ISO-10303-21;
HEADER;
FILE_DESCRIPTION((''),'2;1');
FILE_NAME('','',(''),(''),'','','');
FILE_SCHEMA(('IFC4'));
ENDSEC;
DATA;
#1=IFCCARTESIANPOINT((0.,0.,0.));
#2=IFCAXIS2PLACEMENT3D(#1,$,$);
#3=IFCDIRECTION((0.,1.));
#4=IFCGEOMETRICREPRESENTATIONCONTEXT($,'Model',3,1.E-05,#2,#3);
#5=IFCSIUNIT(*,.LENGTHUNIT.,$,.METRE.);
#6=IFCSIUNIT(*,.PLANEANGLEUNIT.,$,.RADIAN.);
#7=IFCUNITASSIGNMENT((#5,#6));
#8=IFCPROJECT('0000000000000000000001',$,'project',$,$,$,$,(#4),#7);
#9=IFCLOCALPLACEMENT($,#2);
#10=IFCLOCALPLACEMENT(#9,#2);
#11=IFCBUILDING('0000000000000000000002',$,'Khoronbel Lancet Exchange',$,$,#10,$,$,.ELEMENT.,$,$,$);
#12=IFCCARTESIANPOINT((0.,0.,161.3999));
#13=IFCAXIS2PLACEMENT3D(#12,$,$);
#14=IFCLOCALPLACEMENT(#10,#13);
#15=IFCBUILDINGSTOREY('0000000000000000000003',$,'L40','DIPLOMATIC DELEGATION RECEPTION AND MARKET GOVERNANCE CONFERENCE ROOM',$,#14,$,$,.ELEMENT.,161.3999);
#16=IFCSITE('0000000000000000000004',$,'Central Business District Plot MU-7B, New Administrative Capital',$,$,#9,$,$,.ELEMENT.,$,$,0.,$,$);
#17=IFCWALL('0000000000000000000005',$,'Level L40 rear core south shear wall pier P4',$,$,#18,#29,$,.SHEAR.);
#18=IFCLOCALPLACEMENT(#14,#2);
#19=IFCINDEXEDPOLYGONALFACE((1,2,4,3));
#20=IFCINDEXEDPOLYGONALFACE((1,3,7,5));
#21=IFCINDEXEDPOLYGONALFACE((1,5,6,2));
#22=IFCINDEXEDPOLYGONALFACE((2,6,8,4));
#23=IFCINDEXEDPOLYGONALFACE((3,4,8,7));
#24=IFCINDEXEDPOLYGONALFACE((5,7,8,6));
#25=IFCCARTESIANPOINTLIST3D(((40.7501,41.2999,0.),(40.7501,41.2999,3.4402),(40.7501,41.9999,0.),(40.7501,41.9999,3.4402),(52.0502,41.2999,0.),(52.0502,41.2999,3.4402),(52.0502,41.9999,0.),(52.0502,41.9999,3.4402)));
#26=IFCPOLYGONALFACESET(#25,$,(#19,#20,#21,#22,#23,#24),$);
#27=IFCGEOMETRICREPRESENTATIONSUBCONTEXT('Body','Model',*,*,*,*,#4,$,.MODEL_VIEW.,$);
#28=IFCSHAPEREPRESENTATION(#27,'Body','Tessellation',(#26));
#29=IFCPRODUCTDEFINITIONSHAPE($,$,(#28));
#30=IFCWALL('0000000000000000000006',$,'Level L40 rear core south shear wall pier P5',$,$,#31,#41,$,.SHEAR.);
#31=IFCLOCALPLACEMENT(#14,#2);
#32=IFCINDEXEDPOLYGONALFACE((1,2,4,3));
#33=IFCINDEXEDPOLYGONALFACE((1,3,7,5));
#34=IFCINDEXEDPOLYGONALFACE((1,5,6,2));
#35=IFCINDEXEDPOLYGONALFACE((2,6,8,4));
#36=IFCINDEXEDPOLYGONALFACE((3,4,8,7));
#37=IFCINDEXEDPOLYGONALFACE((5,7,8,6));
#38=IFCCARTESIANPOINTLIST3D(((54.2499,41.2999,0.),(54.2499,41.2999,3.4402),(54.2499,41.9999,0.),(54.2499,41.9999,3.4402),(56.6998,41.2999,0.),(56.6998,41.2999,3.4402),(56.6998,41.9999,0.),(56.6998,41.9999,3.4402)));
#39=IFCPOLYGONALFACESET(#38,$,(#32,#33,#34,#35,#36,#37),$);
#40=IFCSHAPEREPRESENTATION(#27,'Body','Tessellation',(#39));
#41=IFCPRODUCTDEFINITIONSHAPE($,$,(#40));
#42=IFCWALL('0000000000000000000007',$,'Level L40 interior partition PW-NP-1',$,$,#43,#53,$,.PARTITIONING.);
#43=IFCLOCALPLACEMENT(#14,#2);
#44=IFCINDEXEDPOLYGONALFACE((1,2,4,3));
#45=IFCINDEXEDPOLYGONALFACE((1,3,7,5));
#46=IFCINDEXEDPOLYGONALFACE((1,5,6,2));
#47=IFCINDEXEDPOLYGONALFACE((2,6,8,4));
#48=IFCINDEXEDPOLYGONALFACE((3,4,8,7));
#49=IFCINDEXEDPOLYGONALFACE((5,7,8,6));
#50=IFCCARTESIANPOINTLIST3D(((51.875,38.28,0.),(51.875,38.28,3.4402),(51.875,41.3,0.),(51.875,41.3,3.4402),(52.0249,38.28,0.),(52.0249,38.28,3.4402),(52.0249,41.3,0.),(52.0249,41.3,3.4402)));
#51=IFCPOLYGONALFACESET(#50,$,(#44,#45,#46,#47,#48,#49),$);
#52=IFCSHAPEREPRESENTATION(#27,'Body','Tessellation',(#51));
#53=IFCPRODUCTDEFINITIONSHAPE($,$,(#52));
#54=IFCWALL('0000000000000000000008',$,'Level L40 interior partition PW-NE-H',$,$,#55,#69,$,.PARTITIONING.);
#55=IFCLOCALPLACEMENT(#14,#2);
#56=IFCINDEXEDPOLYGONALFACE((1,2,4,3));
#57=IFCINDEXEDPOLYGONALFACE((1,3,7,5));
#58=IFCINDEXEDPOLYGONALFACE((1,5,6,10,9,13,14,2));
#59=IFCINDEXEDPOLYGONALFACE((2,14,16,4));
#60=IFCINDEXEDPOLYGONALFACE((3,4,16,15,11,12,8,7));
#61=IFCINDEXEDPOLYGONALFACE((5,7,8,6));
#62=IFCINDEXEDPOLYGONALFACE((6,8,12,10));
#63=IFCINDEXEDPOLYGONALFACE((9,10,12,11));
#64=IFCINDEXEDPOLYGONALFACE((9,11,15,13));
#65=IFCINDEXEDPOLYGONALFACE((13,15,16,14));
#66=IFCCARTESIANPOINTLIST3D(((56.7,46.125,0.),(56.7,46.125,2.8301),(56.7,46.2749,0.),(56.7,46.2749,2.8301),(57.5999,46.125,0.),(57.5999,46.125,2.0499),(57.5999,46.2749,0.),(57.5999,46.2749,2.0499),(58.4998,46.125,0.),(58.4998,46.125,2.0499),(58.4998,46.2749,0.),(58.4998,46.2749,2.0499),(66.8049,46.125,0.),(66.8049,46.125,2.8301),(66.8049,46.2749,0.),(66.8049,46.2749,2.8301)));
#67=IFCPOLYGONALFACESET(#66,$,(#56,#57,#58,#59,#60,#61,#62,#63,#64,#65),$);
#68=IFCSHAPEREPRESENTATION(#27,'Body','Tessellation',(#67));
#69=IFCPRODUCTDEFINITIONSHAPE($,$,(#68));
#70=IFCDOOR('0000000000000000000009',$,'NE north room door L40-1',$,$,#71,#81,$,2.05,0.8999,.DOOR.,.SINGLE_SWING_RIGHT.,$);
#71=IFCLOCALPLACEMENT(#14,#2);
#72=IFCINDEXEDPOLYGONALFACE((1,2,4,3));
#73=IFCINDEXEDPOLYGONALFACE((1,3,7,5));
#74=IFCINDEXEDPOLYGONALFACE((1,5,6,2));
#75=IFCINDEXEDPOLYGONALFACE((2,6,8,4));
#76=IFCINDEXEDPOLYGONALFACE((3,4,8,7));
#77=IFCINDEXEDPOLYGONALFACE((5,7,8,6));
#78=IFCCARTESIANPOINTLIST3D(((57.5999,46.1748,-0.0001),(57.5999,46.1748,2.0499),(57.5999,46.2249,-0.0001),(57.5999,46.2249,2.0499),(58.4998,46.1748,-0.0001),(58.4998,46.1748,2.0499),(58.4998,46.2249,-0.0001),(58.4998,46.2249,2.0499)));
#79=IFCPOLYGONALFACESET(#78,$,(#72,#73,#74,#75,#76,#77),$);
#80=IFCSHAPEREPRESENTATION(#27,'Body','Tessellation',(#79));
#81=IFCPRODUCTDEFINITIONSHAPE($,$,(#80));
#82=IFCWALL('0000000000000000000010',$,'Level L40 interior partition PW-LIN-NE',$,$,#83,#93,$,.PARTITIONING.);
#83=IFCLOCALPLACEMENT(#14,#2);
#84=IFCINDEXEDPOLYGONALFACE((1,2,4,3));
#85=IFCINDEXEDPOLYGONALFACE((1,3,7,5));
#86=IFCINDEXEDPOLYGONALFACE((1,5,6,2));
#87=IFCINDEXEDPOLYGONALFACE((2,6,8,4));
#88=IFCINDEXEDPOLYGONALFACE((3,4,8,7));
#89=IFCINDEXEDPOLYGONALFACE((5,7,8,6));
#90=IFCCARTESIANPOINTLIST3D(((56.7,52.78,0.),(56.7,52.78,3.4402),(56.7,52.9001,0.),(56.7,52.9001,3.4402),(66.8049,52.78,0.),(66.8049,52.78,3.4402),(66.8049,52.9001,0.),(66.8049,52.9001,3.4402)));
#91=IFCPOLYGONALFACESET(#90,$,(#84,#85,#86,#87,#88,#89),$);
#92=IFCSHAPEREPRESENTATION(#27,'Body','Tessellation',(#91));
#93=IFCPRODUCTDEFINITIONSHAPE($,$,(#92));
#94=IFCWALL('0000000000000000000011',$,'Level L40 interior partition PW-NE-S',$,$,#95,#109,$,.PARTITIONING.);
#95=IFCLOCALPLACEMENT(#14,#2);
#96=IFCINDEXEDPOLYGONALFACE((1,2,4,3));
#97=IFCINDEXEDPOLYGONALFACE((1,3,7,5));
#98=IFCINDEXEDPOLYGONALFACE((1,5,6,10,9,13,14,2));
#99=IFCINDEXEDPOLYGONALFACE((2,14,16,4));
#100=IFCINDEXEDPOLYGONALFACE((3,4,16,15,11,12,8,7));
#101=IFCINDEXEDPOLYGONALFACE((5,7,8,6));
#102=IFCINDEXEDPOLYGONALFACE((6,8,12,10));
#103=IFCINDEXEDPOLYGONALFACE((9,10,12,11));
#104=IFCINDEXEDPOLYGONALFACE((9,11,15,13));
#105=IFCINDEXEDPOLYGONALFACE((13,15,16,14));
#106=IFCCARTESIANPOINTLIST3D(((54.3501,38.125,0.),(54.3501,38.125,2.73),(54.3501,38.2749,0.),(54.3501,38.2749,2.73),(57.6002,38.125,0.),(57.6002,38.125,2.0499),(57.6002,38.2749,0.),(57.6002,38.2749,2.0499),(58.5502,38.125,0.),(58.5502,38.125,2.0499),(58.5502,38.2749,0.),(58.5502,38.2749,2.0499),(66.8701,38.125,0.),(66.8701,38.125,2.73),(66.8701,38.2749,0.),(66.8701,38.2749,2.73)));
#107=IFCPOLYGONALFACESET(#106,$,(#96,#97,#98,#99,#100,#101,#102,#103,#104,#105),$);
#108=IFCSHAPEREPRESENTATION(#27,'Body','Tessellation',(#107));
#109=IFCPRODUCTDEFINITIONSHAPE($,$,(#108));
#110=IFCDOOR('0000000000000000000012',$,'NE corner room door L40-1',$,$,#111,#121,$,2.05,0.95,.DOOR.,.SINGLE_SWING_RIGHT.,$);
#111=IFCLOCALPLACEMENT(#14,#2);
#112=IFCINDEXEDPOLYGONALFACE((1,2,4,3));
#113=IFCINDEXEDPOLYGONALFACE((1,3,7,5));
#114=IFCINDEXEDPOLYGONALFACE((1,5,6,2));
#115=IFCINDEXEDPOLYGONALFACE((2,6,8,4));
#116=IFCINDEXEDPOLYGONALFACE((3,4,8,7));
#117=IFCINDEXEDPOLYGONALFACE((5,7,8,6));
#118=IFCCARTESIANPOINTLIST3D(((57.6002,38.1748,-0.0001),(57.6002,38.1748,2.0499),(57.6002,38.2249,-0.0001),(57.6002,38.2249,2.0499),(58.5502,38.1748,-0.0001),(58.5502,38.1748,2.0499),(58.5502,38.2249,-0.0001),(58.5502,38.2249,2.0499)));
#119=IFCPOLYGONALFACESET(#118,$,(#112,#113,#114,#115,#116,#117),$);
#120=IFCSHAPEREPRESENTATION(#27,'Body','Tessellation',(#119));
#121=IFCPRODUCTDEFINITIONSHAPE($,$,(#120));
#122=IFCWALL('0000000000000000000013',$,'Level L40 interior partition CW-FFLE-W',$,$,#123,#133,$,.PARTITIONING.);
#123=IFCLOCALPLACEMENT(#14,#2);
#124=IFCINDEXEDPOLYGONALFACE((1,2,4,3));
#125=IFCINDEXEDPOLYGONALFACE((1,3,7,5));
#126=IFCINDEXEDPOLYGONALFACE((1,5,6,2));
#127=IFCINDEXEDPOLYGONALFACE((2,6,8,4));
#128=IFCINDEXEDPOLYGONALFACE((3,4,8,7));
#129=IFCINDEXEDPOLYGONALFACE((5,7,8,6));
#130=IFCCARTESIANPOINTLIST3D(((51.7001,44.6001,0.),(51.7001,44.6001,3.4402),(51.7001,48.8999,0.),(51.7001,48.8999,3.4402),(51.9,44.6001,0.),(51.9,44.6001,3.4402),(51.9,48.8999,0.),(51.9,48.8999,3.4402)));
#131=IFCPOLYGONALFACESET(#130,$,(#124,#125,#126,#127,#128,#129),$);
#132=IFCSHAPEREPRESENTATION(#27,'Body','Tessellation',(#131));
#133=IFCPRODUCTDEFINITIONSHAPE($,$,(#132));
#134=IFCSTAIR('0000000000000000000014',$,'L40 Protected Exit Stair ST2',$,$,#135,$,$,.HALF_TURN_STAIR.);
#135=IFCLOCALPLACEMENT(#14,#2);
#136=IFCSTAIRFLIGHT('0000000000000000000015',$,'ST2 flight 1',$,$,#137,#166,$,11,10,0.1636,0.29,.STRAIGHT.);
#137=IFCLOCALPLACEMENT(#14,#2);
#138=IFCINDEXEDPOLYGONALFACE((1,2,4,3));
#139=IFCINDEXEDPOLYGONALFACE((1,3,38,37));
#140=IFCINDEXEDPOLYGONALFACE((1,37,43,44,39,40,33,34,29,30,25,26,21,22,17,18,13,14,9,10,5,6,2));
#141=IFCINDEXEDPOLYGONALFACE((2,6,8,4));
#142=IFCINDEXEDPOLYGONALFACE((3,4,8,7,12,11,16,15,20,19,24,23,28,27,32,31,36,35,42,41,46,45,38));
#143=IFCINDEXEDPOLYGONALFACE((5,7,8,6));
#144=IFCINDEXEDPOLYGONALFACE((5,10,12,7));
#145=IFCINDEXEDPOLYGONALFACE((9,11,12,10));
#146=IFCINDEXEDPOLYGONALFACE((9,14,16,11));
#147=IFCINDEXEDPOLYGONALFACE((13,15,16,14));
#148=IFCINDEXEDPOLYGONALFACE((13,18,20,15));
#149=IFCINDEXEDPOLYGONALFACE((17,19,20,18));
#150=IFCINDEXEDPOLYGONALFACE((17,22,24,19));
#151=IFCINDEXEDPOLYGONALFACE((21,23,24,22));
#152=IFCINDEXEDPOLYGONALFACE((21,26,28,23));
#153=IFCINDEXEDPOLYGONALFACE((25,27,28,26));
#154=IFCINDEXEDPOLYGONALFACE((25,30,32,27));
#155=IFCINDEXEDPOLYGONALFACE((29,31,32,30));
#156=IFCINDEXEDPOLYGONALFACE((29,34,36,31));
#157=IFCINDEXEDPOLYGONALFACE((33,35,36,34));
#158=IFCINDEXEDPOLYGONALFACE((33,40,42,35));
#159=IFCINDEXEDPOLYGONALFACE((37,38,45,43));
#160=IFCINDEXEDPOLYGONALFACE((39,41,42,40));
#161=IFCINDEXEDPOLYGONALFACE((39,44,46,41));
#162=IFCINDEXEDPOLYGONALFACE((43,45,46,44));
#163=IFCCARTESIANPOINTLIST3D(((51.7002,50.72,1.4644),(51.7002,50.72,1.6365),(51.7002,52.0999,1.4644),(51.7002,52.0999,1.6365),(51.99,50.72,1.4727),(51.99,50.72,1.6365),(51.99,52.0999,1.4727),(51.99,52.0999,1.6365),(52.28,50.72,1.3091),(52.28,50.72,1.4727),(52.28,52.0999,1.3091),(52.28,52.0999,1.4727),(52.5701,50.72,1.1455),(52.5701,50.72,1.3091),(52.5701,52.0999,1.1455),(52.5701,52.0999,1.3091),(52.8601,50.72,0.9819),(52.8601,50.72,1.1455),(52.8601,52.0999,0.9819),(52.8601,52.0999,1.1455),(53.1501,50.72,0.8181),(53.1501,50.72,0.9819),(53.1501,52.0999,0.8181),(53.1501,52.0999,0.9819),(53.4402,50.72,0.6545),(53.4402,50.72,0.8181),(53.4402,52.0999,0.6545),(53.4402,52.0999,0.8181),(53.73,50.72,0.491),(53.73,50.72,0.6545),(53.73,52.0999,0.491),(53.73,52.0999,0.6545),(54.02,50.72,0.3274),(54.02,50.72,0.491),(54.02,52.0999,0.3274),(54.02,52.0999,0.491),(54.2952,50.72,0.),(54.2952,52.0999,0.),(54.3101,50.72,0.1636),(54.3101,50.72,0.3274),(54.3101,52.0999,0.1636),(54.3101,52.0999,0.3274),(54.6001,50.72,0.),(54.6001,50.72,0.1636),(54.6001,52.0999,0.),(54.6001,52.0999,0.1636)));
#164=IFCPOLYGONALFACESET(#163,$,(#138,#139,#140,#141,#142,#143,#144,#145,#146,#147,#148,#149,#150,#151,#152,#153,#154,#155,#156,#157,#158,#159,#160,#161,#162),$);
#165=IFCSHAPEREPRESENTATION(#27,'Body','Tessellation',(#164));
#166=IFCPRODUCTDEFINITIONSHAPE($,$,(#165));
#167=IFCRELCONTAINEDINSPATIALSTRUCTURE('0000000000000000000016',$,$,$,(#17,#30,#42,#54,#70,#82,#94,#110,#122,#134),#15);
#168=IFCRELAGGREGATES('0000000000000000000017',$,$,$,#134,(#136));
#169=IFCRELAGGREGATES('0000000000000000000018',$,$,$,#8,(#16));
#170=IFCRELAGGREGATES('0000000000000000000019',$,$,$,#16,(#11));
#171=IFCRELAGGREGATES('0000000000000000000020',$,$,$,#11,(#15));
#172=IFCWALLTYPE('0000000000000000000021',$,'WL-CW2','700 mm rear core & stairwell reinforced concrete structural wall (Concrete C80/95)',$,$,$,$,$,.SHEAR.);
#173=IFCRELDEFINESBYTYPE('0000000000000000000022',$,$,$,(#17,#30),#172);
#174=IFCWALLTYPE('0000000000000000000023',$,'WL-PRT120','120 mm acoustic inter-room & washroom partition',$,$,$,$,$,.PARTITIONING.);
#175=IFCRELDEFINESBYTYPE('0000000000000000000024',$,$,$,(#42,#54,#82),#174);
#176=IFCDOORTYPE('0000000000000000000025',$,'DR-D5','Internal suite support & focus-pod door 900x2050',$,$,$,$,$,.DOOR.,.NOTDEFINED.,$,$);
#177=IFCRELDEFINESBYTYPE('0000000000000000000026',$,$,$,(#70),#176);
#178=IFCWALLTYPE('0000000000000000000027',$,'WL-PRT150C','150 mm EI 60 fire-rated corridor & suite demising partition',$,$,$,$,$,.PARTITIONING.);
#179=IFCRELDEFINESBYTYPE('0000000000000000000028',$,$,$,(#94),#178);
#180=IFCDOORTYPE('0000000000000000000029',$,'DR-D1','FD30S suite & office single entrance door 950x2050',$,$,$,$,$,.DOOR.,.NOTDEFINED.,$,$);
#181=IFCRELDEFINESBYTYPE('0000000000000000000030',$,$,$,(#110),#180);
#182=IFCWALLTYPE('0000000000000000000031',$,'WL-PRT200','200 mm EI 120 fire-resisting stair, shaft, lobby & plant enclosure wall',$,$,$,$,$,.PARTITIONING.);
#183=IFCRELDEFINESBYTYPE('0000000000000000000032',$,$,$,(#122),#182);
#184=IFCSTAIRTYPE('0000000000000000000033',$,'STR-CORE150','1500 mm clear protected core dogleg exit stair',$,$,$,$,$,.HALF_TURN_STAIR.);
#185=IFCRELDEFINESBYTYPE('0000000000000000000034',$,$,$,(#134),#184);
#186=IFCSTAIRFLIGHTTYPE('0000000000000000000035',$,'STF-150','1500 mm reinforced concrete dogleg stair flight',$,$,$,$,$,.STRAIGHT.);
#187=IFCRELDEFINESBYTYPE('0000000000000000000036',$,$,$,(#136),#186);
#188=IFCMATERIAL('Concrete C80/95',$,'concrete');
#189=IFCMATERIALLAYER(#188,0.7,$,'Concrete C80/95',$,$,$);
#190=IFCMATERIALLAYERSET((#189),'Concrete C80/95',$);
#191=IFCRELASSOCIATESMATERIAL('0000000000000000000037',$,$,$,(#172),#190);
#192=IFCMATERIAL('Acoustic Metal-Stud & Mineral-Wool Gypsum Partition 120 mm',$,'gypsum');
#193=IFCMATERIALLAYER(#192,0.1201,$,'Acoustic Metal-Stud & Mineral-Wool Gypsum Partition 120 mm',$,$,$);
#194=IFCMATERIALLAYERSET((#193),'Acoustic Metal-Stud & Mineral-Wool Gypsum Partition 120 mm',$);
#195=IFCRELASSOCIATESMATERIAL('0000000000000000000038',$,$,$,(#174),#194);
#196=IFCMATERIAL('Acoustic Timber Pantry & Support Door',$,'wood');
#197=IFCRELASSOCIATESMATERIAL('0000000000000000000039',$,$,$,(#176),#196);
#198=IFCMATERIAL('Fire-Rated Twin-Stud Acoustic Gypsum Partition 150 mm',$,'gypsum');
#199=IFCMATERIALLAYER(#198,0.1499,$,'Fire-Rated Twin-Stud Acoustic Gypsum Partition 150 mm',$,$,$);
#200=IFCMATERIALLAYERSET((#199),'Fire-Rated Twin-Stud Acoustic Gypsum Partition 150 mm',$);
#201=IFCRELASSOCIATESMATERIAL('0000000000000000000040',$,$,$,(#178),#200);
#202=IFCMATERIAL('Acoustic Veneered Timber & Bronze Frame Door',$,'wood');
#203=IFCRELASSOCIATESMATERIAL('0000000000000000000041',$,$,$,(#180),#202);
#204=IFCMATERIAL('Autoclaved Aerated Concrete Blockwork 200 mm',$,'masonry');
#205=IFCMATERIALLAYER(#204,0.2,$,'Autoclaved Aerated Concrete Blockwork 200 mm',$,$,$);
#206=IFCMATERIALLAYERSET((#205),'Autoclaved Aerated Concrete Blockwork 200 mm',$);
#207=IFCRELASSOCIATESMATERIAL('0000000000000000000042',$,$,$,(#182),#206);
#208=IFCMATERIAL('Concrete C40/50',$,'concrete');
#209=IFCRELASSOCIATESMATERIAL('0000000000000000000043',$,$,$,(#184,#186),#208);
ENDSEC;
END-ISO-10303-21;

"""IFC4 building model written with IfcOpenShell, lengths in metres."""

from ifc_helpers import new_model, si_unit, direction, frame, frame_2d, origin, place, context, subcontext, project, spatial, polyline, rectangle, outline, extrude, material, layer, layer_set, type_object, element, fill, aggregate, save


model = new_model("IFC4")

# Units and contexts
model_context = context("Model", 3, precision=1e-05, world=origin(), true_north=direction((0.0, 1.0)))
body_context = subcontext(model_context, "Body", "Model", "MODEL_VIEW")
ifc_project = project(units=[si_unit("LENGTHUNIT", "METRE"), si_unit("PLANEANGLEUNIT", "RADIAN")], contexts=[model_context])

# Site, building, storey
site_placement = place(None, origin())
site = spatial("IfcSite", under=ifc_project, at=site_placement, Name="Central Business District Plot MU-7B, New Administrative Capital", CompositionType="ELEMENT", RefElevation=0.0)
building_placement = place(site_placement, origin())
building = spatial("IfcBuilding", under=site, at=building_placement, Name="Khoronbel Lancet Exchange", CompositionType="ELEMENT")
storey_placement = place(building_placement, frame((0.0, 0.0, 161.3999)))
storey = spatial("IfcBuildingStorey", under=building, at=storey_placement, Name="L40", Description="DIPLOMATIC DELEGATION RECEPTION AND MARKET GOVERNANCE CONFERENCE ROOM", CompositionType="ELEMENT", Elevation=161.3999)

# Shared definitions
ifc_material_1 = material(Name="Concrete C80/95", Category="concrete")

# Walls
ifc_layer_1 = layer(ifc_material_1, 0.7, Name="Concrete C80/95")
ifc_layer_set_1 = layer_set([ifc_layer_1], Name="Concrete C80/95")
wall_type_1 = type_object("IfcWallType", Name="WL-CW2", Description="700 mm rear core & stairwell reinforced concrete structural wall (Concrete C80/95)", PredefinedType="SHEAR", material=ifc_layer_set_1)
wall_1_placement = place(storey_placement, frame((52.05, 41.6499, 0.0), z_axis=(0.0, 0.0, 1.0), x_axis=(-1.0, 0.0, 0.0)))
element("IfcWall", 1, at=wall_1_placement, inside=storey, type_object=wall_type_1, Name="Level L40 rear core south shear wall pier P4", PredefinedType="SHEAR", context=body_context, shape_type="SweptSolid", body=[
    extrude(rectangle(XDim=11.3, YDim=0.7, at=frame_2d((5.6499, 0.0))), origin(), (0.0, 0.0, 1.0), 3.4402),
])
wall_2_placement = place(storey_placement, frame((56.7, 41.6499, 0.0), z_axis=(0.0, 0.0, 1.0), x_axis=(-1.0, 0.0, 0.0)))
element("IfcWall", 2, at=wall_2_placement, inside=storey, type_object=wall_type_1, Name="Level L40 rear core south shear wall pier P5", PredefinedType="SHEAR", context=body_context, shape_type="SweptSolid", body=[
    extrude(rectangle(XDim=2.45, YDim=0.7, at=frame_2d((1.2251, 0.0))), origin(), (0.0, 0.0, 1.0), 3.4402),
])
ifc_material_2 = material(Name="Acoustic Metal-Stud & Mineral-Wool Gypsum Partition 120 mm", Category="gypsum")
ifc_layer_2 = layer(ifc_material_2, 0.1201, Name="Acoustic Metal-Stud & Mineral-Wool Gypsum Partition 120 mm")
ifc_layer_set_2 = layer_set([ifc_layer_2], Name="Acoustic Metal-Stud & Mineral-Wool Gypsum Partition 120 mm")
wall_type_2 = type_object("IfcWallType", Name="WL-PRT120", Description="120 mm acoustic inter-room & washroom partition", PredefinedType="PARTITIONING", material=ifc_layer_set_2)
wall_3_placement = place(storey_placement, frame((51.95, 38.28, 0.0), z_axis=(0.0, 0.0, 1.0), x_axis=(0.0, 1.0, 0.0)))
element("IfcWall", 3, at=wall_3_placement, inside=storey, type_object=wall_type_2, Name="Level L40 interior partition PW-NP-1", PredefinedType="PARTITIONING", context=body_context, shape_type="SweptSolid", body=[
    extrude(rectangle(XDim=3.02, YDim=0.1499, at=frame_2d((1.51, 0.0))), origin(), (0.0, 0.0, 1.0), 3.4402),
])

# Wall, opening, door
wall_4_placement = place(storey_placement, frame((56.7, 46.2, 0.0), z_axis=(0.0, 0.0, 1.0), x_axis=(1.0, 0.0, 0.0)))
wall_4 = element("IfcWall", 4, at=wall_4_placement, inside=storey, type_object=wall_type_2, Name="Level L40 interior partition PW-NE-H", PredefinedType="PARTITIONING", context=body_context, shape_type="SweptSolid", body=[
    extrude(rectangle(XDim=10.105, YDim=0.1499, at=frame_2d((5.0525, 0.0))), origin(), (0.0, 0.0, 1.0), 2.8301),
])
opening_1_placement = place(wall_4_placement, frame((0.8999, 0.0, 0.0)))
opening_1 = element("IfcOpeningElement", 5, at=opening_1_placement, cuts=wall_4, PredefinedType="OPENING", context=body_context, shape_type="SweptSolid", body=[
    extrude(rectangle(XDim=0.8999, YDim=2.05, at=frame_2d((0.45, 1.0249))), frame((0.0, 0.085, 0.0), z_axis=(0.0, -1.0, 0.0), x_axis=(1.0, 0.0, 0.0)), (0.0, 0.0, 1.0), 0.1699),
])
ifc_material_3 = material(Name="Acoustic Timber Pantry & Support Door", Category="wood")
door_type_1 = type_object("IfcDoorType", Name="DR-D5", Description="Internal suite support & focus-pod door 900x2050", OperationType="NOTDEFINED", PredefinedType="DOOR", material=ifc_material_3)
door_1_placement = place(opening_1_placement, origin())
door_1 = element("IfcDoor", 6, at=door_1_placement, inside=storey, type_object=door_type_1, Name="NE north room door L40-1", OperationType="SINGLE_SWING_RIGHT", OverallHeight=2.05, OverallWidth=0.8999, PredefinedType="DOOR", context=body_context, shape_type="SweptSolid", body=[
    extrude(rectangle(XDim=0.8999, YDim=2.05, at=frame_2d((0.45, 1.0249))), frame((0.0, 0.0249, 0.0), z_axis=(0.0, -1.0, 0.0), x_axis=(1.0, 0.0, 0.0)), (0.0, 0.0, 1.0), 0.05),
])
fill(opening_1, door_1)

# Wall
wall_5_placement = place(storey_placement, frame((56.7, 52.8401, 0.0), z_axis=(0.0, 0.0, 1.0), x_axis=(1.0, 0.0, 0.0)))
element("IfcWall", 7, at=wall_5_placement, inside=storey, type_object=wall_type_2, Name="Level L40 interior partition PW-LIN-NE", PredefinedType="PARTITIONING", context=body_context, shape_type="SweptSolid", body=[
    extrude(rectangle(XDim=10.105, YDim=0.1201, at=frame_2d((5.0525, 0.0))), origin(), (0.0, 0.0, 1.0), 3.4402),
])

# Wall, opening, door
ifc_material_4 = material(Name="Fire-Rated Twin-Stud Acoustic Gypsum Partition 150 mm", Category="gypsum")
ifc_layer_3 = layer(ifc_material_4, 0.1499, Name="Fire-Rated Twin-Stud Acoustic Gypsum Partition 150 mm")
ifc_layer_set_3 = layer_set([ifc_layer_3], Name="Fire-Rated Twin-Stud Acoustic Gypsum Partition 150 mm")
wall_type_3 = type_object("IfcWallType", Name="WL-PRT150C", Description="150 mm EI 60 fire-rated corridor & suite demising partition", PredefinedType="PARTITIONING", material=ifc_layer_set_3)
wall_6_placement = place(storey_placement, frame((54.3501, 38.2, 0.0), z_axis=(0.0, 0.0, 1.0), x_axis=(1.0, 0.0, 0.0)))
wall_6 = element("IfcWall", 8, at=wall_6_placement, inside=storey, type_object=wall_type_3, Name="Level L40 interior partition PW-NE-S", PredefinedType="PARTITIONING", context=body_context, shape_type="SweptSolid", body=[
    extrude(rectangle(XDim=12.52, YDim=0.1499, at=frame_2d((6.26, 0.0))), origin(), (0.0, 0.0, 1.0), 2.73),
])
opening_2_placement = place(wall_6_placement, frame((3.25, 0.0, 0.0)))
opening_2 = element("IfcOpeningElement", 9, at=opening_2_placement, cuts=wall_6, PredefinedType="OPENING", context=body_context, shape_type="SweptSolid", body=[
    extrude(rectangle(XDim=0.95, YDim=2.05, at=frame_2d((0.4751, 1.0249))), frame((0.0, 0.085, 0.0), z_axis=(0.0, -1.0, 0.0), x_axis=(1.0, 0.0, 0.0)), (0.0, 0.0, 1.0), 0.1699),
])
ifc_material_5 = material(Name="Acoustic Veneered Timber & Bronze Frame Door", Category="wood")
door_type_2 = type_object("IfcDoorType", Name="DR-D1", Description="FD30S suite & office single entrance door 950x2050", OperationType="NOTDEFINED", PredefinedType="DOOR", material=ifc_material_5)
door_2_placement = place(opening_2_placement, origin())
door_2 = element("IfcDoor", 10, at=door_2_placement, inside=storey, type_object=door_type_2, Name="NE corner room door L40-1", OperationType="SINGLE_SWING_RIGHT", OverallHeight=2.05, OverallWidth=0.95, PredefinedType="DOOR", context=body_context, shape_type="SweptSolid", body=[
    extrude(rectangle(XDim=0.95, YDim=2.05, at=frame_2d((0.4751, 1.0249))), frame((0.0, 0.0249, 0.0), z_axis=(0.0, -1.0, 0.0), x_axis=(1.0, 0.0, 0.0)), (0.0, 0.0, 1.0), 0.05),
])
fill(opening_2, door_2)

# Wall
ifc_material_6 = material(Name="Autoclaved Aerated Concrete Blockwork 200 mm", Category="masonry")
ifc_layer_4 = layer(ifc_material_6, 0.2, Name="Autoclaved Aerated Concrete Blockwork 200 mm")
ifc_layer_set_4 = layer_set([ifc_layer_4], Name="Autoclaved Aerated Concrete Blockwork 200 mm")
wall_type_4 = type_object("IfcWallType", Name="WL-PRT200", Description="200 mm EI 120 fire-resisting stair, shaft, lobby & plant enclosure wall", PredefinedType="PARTITIONING", material=ifc_layer_set_4)
wall_7_placement = place(storey_placement, frame((51.8, 44.6001, 0.0), z_axis=(0.0, 0.0, 1.0), x_axis=(0.0, 1.0, 0.0)))
element("IfcWall", 11, at=wall_7_placement, inside=storey, type_object=wall_type_4, Name="Level L40 interior partition CW-FFLE-W", PredefinedType="PARTITIONING", context=body_context, shape_type="SweptSolid", body=[
    extrude(rectangle(XDim=4.2998, YDim=0.2, at=frame_2d((2.1499, 0.0))), origin(), (0.0, 0.0, 1.0), 3.4402),
])

# Stair, stair flight
ifc_material_7 = material(Name="Concrete C40/50", Category="concrete")
stair_type = type_object("IfcStairType", Name="STR-CORE150", Description="1500 mm clear protected core dogleg exit stair", PredefinedType="HALF_TURN_STAIR", material=ifc_material_7)
stair_placement = place(storey_placement, origin())
stair = element("IfcStair", 12, at=stair_placement, inside=storey, type_object=stair_type, Name="L40 Protected Exit Stair ST2", PredefinedType="HALF_TURN_STAIR")
stair_flight_type = type_object("IfcStairFlightType", Name="STF-150", Description="1500 mm reinforced concrete dogleg stair flight", PredefinedType="STRAIGHT", material=ifc_material_7)
stair_flight_placement = place(storey_placement, frame((54.6001, 51.4099, 0.0), z_axis=(0.0, 0.0, 1.0), x_axis=(-1.0, 0.0, 0.0)))
stair_flight = element("IfcStairFlight", 13, at=stair_flight_placement, type_object=stair_flight_type, Name="ST2 flight 1", NumberOfRisers=11, NumberOfTreads=10, PredefinedType="STRAIGHT", RiserHeight=0.1636, TreadLength=0.29, context=body_context, shape_type="SweptSolid", body=[
    extrude(outline(polyline([(0.0, 0.0), (0.0, 0.1636), (0.29, 0.1636), (0.29, 0.3274), (0.5801, 0.3274), (0.5801, 0.491), (0.8701, 0.491), (0.8701, 0.6545), (1.1599, 0.6545), (1.1599, 0.8181), (1.45, 0.8181), (1.45, 0.9819), (1.74, 0.9819), (1.74, 1.1455), (2.03, 1.1455), (2.03, 1.3091), (2.3201, 1.3091), (2.3201, 1.4727), (2.6101, 1.4727), (2.6101, 1.6365), (2.8999, 1.6365), (2.8999, 1.8), (2.8999, 1.4644), (0.3049, 0.0), (0.0, 0.0)])), frame((0.0, 0.6899, 0.0), z_axis=(0.0, -1.0, 0.0), x_axis=(1.0, 0.0, 0.0)), (0.0, 0.0, 1.0), 1.3799),
])
aggregate(stair, [stair_flight])

save(model, "model.ifc")
